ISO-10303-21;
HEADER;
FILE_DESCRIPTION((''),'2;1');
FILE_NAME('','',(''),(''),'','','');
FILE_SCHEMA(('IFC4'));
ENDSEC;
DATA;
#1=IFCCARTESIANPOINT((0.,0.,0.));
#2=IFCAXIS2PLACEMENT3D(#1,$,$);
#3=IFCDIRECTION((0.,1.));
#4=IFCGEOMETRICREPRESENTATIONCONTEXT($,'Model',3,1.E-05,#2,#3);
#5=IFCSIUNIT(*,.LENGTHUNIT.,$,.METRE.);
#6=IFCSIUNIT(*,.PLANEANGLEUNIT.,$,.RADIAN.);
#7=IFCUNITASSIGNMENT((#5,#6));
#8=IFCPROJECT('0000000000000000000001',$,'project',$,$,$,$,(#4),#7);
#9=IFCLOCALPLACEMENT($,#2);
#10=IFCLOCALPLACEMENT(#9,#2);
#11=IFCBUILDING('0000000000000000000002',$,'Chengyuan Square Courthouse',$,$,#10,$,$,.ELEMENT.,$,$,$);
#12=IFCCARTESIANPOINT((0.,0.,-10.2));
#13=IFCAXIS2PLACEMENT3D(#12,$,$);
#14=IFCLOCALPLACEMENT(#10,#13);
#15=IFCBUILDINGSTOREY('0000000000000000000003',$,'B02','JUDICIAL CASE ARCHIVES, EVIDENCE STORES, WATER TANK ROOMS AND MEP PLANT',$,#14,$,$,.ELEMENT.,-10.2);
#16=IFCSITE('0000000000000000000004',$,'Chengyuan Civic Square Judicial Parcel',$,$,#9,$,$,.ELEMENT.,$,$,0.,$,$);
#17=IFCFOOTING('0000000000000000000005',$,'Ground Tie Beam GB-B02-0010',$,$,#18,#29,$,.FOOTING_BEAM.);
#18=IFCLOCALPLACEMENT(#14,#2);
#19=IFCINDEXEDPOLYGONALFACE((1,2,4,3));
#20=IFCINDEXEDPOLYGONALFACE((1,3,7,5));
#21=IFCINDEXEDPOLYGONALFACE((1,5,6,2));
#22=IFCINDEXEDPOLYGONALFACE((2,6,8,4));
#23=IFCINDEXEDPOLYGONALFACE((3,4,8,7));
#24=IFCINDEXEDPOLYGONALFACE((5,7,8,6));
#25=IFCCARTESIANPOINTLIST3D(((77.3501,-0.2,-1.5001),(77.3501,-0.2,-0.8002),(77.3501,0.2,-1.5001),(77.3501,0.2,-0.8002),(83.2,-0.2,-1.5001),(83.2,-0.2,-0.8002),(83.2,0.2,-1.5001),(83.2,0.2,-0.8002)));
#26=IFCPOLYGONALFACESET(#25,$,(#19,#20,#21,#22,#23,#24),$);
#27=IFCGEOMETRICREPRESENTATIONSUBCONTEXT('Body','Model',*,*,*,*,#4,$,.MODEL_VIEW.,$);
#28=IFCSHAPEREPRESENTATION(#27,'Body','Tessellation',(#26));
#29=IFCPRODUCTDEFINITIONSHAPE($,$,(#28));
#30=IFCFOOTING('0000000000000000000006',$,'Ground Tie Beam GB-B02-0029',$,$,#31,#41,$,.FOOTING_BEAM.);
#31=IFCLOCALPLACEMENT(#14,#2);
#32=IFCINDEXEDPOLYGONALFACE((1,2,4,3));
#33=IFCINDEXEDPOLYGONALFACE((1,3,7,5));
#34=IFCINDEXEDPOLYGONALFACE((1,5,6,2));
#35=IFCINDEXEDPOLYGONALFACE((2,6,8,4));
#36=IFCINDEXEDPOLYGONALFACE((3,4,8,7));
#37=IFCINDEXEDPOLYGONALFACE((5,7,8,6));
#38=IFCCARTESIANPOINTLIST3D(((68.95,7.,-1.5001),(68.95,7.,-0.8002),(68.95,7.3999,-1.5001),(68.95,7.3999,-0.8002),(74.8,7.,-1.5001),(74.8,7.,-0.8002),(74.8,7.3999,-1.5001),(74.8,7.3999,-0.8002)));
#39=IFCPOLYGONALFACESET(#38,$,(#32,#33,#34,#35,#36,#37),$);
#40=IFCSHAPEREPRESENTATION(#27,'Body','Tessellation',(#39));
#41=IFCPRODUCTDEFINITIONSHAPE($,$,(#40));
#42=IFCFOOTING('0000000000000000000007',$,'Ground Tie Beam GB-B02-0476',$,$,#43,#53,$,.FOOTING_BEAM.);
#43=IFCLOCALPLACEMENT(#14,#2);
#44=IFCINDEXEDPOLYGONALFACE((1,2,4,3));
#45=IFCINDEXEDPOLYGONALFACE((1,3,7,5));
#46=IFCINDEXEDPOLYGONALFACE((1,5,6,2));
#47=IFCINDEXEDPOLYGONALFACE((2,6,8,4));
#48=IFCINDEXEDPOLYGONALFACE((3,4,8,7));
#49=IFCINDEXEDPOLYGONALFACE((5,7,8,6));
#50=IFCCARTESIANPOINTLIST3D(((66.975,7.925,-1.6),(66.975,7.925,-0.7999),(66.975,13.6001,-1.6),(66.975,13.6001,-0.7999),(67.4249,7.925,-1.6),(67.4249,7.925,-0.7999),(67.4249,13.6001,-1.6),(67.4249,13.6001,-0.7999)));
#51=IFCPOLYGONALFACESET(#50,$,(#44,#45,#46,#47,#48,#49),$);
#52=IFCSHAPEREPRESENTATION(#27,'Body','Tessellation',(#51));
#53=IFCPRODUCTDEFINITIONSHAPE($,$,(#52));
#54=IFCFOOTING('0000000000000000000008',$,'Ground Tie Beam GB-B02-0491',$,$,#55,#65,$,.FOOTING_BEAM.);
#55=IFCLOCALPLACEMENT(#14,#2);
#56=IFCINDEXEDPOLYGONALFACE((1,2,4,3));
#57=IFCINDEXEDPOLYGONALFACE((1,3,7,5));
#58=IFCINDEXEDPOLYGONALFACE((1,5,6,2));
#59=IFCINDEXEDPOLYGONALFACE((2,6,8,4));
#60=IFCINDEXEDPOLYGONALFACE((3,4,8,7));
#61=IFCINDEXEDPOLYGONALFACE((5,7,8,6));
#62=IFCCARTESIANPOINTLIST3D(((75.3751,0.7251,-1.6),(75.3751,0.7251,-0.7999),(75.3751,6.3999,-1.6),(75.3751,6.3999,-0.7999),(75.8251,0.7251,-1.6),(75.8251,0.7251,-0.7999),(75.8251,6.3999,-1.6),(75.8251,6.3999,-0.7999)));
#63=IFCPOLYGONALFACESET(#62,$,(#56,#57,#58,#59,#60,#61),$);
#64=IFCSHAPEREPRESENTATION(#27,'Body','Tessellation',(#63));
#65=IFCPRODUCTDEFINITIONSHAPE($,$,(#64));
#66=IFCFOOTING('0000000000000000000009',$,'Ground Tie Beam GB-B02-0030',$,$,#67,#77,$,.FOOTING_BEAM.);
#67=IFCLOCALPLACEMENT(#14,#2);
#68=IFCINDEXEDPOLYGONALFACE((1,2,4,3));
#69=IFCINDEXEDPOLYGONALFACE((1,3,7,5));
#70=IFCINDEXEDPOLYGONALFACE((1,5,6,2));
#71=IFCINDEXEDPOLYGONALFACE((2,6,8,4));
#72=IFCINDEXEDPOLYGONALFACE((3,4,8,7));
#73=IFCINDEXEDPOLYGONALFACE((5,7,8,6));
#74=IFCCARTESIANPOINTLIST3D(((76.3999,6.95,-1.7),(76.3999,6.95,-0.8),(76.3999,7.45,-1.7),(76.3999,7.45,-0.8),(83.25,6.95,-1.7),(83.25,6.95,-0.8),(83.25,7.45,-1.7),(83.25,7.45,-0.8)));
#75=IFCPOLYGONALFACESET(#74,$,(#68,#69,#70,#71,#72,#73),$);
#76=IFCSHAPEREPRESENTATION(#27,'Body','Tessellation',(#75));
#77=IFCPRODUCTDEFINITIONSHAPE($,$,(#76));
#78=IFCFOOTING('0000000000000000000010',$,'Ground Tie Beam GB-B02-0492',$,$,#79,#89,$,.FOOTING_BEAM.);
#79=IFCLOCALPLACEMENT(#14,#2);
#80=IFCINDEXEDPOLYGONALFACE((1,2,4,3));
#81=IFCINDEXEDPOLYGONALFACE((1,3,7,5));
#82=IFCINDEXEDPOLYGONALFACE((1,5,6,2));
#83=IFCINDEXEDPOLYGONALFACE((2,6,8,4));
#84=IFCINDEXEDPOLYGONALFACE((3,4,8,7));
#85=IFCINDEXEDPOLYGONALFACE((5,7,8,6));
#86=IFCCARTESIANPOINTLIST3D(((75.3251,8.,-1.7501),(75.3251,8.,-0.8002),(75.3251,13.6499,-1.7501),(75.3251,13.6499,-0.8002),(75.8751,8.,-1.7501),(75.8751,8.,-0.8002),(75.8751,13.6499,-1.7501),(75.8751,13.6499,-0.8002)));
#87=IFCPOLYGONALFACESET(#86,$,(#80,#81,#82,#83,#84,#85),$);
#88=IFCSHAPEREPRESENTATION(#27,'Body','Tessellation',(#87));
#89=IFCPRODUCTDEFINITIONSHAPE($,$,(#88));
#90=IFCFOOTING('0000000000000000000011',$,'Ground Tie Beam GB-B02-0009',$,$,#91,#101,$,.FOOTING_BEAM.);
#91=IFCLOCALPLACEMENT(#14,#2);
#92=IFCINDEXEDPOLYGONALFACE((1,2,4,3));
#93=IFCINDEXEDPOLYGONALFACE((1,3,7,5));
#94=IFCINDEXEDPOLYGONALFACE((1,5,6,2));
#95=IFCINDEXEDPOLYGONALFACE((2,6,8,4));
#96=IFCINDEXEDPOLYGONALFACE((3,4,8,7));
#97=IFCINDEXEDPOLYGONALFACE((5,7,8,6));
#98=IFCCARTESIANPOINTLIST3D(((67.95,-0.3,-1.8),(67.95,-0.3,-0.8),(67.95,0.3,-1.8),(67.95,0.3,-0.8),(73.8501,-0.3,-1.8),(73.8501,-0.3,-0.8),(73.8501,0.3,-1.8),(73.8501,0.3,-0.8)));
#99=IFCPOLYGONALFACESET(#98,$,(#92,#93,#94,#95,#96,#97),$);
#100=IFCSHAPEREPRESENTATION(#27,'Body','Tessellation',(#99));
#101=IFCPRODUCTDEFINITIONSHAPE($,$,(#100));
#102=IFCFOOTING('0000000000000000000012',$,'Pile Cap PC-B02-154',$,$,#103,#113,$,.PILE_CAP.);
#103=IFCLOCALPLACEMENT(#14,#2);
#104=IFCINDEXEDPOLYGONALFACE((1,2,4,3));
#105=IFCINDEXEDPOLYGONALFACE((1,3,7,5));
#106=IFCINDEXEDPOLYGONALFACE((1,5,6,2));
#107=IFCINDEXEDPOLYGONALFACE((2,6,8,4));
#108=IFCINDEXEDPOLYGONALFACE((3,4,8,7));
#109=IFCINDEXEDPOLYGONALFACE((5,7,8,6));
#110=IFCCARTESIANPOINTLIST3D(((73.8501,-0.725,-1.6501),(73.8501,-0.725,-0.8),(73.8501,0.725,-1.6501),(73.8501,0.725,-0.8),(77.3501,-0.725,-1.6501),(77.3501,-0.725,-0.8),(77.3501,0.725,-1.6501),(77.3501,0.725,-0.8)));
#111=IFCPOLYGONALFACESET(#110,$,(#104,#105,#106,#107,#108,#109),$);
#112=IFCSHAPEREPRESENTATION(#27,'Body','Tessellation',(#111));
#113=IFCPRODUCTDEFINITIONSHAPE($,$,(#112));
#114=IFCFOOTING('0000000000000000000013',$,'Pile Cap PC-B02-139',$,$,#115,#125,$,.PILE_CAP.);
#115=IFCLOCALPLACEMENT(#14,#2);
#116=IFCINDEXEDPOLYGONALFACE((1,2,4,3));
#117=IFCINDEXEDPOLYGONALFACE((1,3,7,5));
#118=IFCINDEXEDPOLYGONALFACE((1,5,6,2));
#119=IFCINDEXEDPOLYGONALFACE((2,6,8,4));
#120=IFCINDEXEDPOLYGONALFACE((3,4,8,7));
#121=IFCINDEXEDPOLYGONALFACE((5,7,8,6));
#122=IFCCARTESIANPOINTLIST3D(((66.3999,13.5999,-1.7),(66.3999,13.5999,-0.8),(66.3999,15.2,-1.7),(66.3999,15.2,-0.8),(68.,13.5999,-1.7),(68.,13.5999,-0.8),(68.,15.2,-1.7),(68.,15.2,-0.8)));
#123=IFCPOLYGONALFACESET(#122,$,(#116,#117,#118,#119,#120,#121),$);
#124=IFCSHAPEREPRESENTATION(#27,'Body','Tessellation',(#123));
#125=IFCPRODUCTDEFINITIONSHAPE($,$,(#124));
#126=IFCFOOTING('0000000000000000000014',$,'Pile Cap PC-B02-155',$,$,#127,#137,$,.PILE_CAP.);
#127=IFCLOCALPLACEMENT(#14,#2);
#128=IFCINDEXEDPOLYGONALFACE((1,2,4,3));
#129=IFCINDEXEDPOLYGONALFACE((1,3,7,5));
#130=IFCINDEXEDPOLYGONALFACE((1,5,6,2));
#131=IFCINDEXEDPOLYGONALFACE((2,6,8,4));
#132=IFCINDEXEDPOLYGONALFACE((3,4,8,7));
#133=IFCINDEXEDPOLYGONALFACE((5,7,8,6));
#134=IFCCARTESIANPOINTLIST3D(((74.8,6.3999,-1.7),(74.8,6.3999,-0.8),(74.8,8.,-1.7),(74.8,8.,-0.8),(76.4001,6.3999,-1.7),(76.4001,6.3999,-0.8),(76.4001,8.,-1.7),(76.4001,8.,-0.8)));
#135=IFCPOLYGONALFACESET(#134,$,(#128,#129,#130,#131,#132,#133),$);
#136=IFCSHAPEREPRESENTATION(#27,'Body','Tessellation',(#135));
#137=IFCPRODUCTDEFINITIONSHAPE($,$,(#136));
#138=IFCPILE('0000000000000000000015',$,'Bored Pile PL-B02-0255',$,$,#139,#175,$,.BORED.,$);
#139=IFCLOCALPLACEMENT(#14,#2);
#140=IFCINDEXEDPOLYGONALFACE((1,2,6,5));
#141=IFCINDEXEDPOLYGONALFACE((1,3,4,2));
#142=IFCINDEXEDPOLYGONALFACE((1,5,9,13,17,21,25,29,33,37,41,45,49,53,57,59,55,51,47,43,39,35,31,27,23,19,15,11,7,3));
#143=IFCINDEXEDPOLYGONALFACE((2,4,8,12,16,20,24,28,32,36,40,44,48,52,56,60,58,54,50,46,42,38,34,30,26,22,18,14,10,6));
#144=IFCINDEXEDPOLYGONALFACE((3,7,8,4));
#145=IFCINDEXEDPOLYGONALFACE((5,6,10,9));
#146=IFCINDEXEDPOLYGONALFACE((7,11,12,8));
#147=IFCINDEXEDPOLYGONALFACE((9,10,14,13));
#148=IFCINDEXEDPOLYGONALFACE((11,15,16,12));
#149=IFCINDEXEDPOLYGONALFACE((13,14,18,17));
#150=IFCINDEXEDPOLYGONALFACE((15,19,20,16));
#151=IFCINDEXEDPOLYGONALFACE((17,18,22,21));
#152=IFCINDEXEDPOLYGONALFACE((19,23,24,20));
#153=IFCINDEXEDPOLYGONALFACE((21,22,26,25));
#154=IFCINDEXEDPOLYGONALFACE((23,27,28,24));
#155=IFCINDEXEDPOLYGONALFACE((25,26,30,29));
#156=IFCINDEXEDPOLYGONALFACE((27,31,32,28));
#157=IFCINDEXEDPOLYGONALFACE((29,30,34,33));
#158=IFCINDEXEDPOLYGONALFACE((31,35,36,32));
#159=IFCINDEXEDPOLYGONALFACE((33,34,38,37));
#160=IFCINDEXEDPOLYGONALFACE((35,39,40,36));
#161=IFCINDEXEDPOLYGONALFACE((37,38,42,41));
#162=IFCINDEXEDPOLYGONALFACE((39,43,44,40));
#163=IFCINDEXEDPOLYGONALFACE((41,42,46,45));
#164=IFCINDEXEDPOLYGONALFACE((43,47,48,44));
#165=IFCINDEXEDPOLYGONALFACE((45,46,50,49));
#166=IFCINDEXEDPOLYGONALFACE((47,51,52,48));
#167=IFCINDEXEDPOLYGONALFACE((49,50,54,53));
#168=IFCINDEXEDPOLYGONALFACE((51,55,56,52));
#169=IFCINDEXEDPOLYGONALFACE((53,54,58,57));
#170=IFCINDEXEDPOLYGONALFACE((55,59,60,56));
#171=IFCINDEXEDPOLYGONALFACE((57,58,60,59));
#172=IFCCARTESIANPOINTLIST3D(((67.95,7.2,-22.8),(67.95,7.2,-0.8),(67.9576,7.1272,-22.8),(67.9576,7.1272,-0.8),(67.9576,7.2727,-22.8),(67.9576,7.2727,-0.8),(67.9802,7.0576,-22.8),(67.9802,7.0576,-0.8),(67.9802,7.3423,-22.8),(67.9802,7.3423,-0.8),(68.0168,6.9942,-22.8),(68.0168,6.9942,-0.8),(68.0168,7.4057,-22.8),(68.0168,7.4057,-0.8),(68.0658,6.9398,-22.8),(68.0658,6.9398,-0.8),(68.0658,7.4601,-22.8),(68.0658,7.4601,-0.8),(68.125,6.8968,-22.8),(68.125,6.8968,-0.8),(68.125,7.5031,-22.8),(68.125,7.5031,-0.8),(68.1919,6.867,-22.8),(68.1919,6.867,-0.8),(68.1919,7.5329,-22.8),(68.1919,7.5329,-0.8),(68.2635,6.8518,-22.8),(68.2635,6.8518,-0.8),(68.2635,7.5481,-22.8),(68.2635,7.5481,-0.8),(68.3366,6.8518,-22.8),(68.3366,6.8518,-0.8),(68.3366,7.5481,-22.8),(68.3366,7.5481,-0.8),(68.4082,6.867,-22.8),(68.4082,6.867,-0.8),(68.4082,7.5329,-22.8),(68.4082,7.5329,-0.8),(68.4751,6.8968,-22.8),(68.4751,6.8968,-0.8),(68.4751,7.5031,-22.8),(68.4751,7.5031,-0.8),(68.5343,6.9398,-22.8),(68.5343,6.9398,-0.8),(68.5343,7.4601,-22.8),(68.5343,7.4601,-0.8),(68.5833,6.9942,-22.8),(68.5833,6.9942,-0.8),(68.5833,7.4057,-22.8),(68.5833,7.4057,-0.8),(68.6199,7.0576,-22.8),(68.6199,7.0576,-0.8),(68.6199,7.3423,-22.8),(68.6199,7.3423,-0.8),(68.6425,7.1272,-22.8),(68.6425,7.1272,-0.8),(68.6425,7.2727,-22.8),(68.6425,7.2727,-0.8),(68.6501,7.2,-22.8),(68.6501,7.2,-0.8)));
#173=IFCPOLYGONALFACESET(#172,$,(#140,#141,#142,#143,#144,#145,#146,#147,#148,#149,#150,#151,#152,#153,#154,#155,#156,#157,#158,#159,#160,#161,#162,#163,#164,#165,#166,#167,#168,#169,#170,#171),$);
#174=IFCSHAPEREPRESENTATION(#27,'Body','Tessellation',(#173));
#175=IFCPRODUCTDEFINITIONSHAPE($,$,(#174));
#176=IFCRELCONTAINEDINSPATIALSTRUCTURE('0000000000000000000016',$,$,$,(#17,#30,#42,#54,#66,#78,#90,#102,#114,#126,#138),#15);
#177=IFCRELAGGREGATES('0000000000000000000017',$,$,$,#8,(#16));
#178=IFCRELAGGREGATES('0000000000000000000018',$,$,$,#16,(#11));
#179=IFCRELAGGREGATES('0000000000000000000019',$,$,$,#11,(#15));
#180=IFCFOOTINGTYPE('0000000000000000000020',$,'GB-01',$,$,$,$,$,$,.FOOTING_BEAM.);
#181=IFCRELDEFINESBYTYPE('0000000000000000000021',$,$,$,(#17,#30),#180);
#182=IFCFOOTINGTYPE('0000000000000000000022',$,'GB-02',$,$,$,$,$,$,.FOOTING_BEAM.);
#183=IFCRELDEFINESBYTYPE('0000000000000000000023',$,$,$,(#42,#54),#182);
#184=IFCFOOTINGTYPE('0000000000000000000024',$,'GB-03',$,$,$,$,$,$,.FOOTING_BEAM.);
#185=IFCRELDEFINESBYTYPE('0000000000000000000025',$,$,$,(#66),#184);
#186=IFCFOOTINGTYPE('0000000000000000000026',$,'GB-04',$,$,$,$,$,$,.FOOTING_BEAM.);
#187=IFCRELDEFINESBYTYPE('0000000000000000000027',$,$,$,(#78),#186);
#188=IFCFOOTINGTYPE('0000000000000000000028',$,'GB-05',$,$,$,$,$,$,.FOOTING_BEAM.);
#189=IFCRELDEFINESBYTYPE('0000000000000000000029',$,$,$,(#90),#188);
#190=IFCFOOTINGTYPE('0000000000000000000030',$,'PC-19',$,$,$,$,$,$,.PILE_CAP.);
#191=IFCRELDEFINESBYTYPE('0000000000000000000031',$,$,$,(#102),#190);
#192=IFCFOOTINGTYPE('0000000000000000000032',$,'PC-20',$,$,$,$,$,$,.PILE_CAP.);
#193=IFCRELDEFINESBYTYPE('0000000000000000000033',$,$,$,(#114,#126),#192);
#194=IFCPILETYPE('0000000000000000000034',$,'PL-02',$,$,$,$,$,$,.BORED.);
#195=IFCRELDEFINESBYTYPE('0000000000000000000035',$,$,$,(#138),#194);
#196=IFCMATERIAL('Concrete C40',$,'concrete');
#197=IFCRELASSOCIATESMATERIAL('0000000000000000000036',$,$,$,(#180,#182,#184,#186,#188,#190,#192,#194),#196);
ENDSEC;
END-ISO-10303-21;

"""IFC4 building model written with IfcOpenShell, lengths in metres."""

from ifc_helpers import new_model, si_unit, direction, frame, origin, origin_2d, place, context, subcontext, project, spatial, rectangle, circle, extrude, material, material_profile, profile_set, type_object, element, save


model = new_model("IFC4")

# Units and contexts
model_context = context("Model", 3, precision=1e-05, world=origin(), true_north=direction((0.0, 1.0)))
body_context = subcontext(model_context, "Body", "Model", "MODEL_VIEW")
ifc_project = project(units=[si_unit("LENGTHUNIT", "METRE"), si_unit("PLANEANGLEUNIT", "RADIAN")], contexts=[model_context])

# Site, building, storey
site_placement = place(None, origin())
site = spatial("IfcSite", under=ifc_project, at=site_placement, Name="Chengyuan Civic Square Judicial Parcel", CompositionType="ELEMENT", RefElevation=0.0)
building_placement = place(site_placement, origin())
building = spatial("IfcBuilding", under=site, at=building_placement, Name="Chengyuan Square Courthouse", CompositionType="ELEMENT")
storey_placement = place(building_placement, frame((0.0, 0.0, -10.2)))
storey = spatial("IfcBuildingStorey", under=building, at=storey_placement, Name="B02", Description="JUDICIAL CASE ARCHIVES, EVIDENCE STORES, WATER TANK ROOMS AND MEP PLANT", CompositionType="ELEMENT", Elevation=-10.2)

# Footings
ifc_material_1 = material(Name="Concrete C40", Category="concrete")
ifc_material_profile_1 = material_profile(ifc_material_1, rectangle(XDim=0.3999, YDim=0.7, at=origin_2d()), Name="GB-400x700")
ifc_profile_set_1 = profile_set([ifc_material_profile_1], Name="Concrete C40")
footing_type_1 = type_object("IfcFootingType", Name="GB-01", PredefinedType="FOOTING_BEAM", material=ifc_profile_set_1)
footing_1_placement = place(storey_placement, frame((77.3501, 0.0, -1.1501), z_axis=(1.0, 0.0, 0.0), x_axis=(0.0, 1.0, 0.0)))
element("IfcFooting", 1, at=footing_1_placement, inside=storey, type_object=footing_type_1, Name="Ground Tie Beam GB-B02-0010", PredefinedType="FOOTING_BEAM", context=body_context, shape_type="SweptSolid", body=[
    extrude(rectangle(XDim=0.3999, YDim=0.7, at=origin_2d()), origin(), (0.0, 0.0, 1.0), 5.8499),
])
footing_2_placement = place(storey_placement, frame((68.95, 7.2, -1.1501), z_axis=(1.0, 0.0, 0.0), x_axis=(0.0, 1.0, 0.0)))
element("IfcFooting", 2, at=footing_2_placement, inside=storey, type_object=footing_type_1, Name="Ground Tie Beam GB-B02-0029", PredefinedType="FOOTING_BEAM", context=body_context, shape_type="SweptSolid", body=[
    extrude(rectangle(XDim=0.3999, YDim=0.7, at=origin_2d()), origin(), (0.0, 0.0, 1.0), 5.8501),
])
ifc_material_profile_2 = material_profile(ifc_material_1, rectangle(XDim=0.45, YDim=0.8, at=origin_2d()), Name="GB-450x800")
ifc_profile_set_2 = profile_set([ifc_material_profile_2], Name="Concrete C40")
footing_type_2 = type_object("IfcFootingType", Name="GB-02", PredefinedType="FOOTING_BEAM", material=ifc_profile_set_2)
footing_3_placement = place(storey_placement, frame((67.2, 7.925, -1.2), z_axis=(0.0, 1.0, 0.0), x_axis=(-1.0, 0.0, 0.0)))
element("IfcFooting", 3, at=footing_3_placement, inside=storey, type_object=footing_type_2, Name="Ground Tie Beam GB-B02-0476", PredefinedType="FOOTING_BEAM", context=body_context, shape_type="SweptSolid", body=[
    extrude(rectangle(XDim=0.45, YDim=0.8, at=origin_2d()), origin(), (0.0, 0.0, 1.0), 5.675),
])
footing_4_placement = place(storey_placement, frame((75.6001, 0.7251, -1.2), z_axis=(0.0, 1.0, 0.0), x_axis=(-1.0, 0.0, 0.0)))
element("IfcFooting", 4, at=footing_4_placement, inside=storey, type_object=footing_type_2, Name="Ground Tie Beam GB-B02-0491", PredefinedType="FOOTING_BEAM", context=body_context, shape_type="SweptSolid", body=[
    extrude(rectangle(XDim=0.45, YDim=0.8, at=origin_2d()), origin(), (0.0, 0.0, 1.0), 5.6748),
])
ifc_material_profile_3 = material_profile(ifc_material_1, rectangle(XDim=0.5, YDim=0.8999, at=origin_2d()), Name="GB-500x900")
ifc_profile_set_3 = profile_set([ifc_material_profile_3], Name="Concrete C40")
footing_type_3 = type_object("IfcFootingType", Name="GB-03", PredefinedType="FOOTING_BEAM", material=ifc_profile_set_3)
footing_5_placement = place(storey_placement, frame((76.3999, 7.2, -1.25), z_axis=(1.0, 0.0, 0.0), x_axis=(0.0, 1.0, 0.0)))
element("IfcFooting", 5, at=footing_5_placement, inside=storey, type_object=footing_type_3, Name="Ground Tie Beam GB-B02-0030", PredefinedType="FOOTING_BEAM", context=body_context, shape_type="SweptSolid", body=[
    extrude(rectangle(XDim=0.5, YDim=0.8999, at=origin_2d()), origin(), (0.0, 0.0, 1.0), 6.8501),
])
ifc_material_profile_4 = material_profile(ifc_material_1, rectangle(XDim=0.55, YDim=0.95, at=origin_2d()), Name="GB-550x950")
ifc_profile_set_4 = profile_set([ifc_material_profile_4], Name="Concrete C40")
footing_type_4 = type_object("IfcFootingType", Name="GB-04", PredefinedType="FOOTING_BEAM", material=ifc_profile_set_4)
footing_6_placement = place(storey_placement, frame((75.6001, 8.0, -1.2751), z_axis=(0.0, 1.0, 0.0), x_axis=(-1.0, 0.0, 0.0)))
element("IfcFooting", 6, at=footing_6_placement, inside=storey, type_object=footing_type_4, Name="Ground Tie Beam GB-B02-0492", PredefinedType="FOOTING_BEAM", context=body_context, shape_type="SweptSolid", body=[
    extrude(rectangle(XDim=0.55, YDim=0.95, at=origin_2d()), origin(), (0.0, 0.0, 1.0), 5.6499),
])
ifc_material_profile_5 = material_profile(ifc_material_1, rectangle(XDim=0.6001, YDim=1.0, at=origin_2d()), Name="GB-600x1000")
ifc_profile_set_5 = profile_set([ifc_material_profile_5], Name="Concrete C40")
footing_type_5 = type_object("IfcFootingType", Name="GB-05", PredefinedType="FOOTING_BEAM", material=ifc_profile_set_5)
footing_7_placement = place(storey_placement, frame((67.95, 0.0, -1.3), z_axis=(1.0, 0.0, 0.0), x_axis=(0.0, 1.0, 0.0)))
element("IfcFooting", 7, at=footing_7_placement, inside=storey, type_object=footing_type_5, Name="Ground Tie Beam GB-B02-0009", PredefinedType="FOOTING_BEAM", context=body_context, shape_type="SweptSolid", body=[
    extrude(rectangle(XDim=0.6001, YDim=1.0, at=origin_2d()), origin(), (0.0, 0.0, 1.0), 5.9001),
])
footing_type_6 = type_object("IfcFootingType", Name="PC-19", PredefinedType="PILE_CAP", material=ifc_material_1)
footing_8_placement = place(storey_placement, frame((75.6001, 0.0, -1.6501), z_axis=(0.0, 0.0, 1.0), x_axis=(1.0, 0.0, 0.0)))
element("IfcFooting", 8, at=footing_8_placement, inside=storey, type_object=footing_type_6, Name="Pile Cap PC-B02-154", PredefinedType="PILE_CAP", context=body_context, shape_type="SweptSolid", body=[
    extrude(rectangle(XDim=3.5, YDim=1.45, at=origin_2d()), origin(), (0.0, 0.0, 1.0), 0.8501),
])
footing_type_7 = type_object("IfcFootingType", Name="PC-20", PredefinedType="PILE_CAP", material=ifc_material_1)
for number, where, z_axis, x_axis, name in (
    (9, (67.2, 14.3999, -1.7), (0.0, 0.0, 1.0), (1.0, 0.0, 0.0), "Pile Cap PC-B02-139"),
    (10, (75.6001, 7.2, -1.7), (0.0, 0.0, 1.0), (1.0, 0.0, 0.0), "Pile Cap PC-B02-155"),
):
    element("IfcFooting", number, at=place(storey_placement, frame(where, z_axis=z_axis, x_axis=x_axis)), inside=storey, type_object=footing_type_7, Name=name, PredefinedType="PILE_CAP", context=body_context, shape_type="SweptSolid", body=[
        extrude(rectangle(XDim=1.6001, YDim=1.6001, at=origin_2d()), origin(), (0.0, 0.0, 1.0), 0.8999),
    ])

# Pile
ifc_material_profile_6 = material_profile(ifc_material_1, circle(Radius=0.3501, at=origin_2d()), Name="BORED PILE D700")
ifc_profile_set_6 = profile_set([ifc_material_profile_6], Name="Concrete C40")
pile_type = type_object("IfcPileType", Name="PL-02", PredefinedType="BORED", material=ifc_profile_set_6)
for number, where, z_axis, x_axis, name in (
    (11, (68.3, 7.2, -0.8), (0.0, 0.0, -1.0), (1.0, 0.0, 0.0), "Bored Pile PL-B02-0255"),
):
    element("IfcPile", number, at=place(storey_placement, frame(where, z_axis=z_axis, x_axis=x_axis)), inside=storey, type_object=pile_type, Name=name, PredefinedType="BORED", context=body_context, shape_type="SweptSolid", body=[
        extrude(circle(Radius=0.3501, at=origin_2d()), origin(), (0.0, 0.0, 1.0), 22.0),
    ])

save(model, "model.ifc")
